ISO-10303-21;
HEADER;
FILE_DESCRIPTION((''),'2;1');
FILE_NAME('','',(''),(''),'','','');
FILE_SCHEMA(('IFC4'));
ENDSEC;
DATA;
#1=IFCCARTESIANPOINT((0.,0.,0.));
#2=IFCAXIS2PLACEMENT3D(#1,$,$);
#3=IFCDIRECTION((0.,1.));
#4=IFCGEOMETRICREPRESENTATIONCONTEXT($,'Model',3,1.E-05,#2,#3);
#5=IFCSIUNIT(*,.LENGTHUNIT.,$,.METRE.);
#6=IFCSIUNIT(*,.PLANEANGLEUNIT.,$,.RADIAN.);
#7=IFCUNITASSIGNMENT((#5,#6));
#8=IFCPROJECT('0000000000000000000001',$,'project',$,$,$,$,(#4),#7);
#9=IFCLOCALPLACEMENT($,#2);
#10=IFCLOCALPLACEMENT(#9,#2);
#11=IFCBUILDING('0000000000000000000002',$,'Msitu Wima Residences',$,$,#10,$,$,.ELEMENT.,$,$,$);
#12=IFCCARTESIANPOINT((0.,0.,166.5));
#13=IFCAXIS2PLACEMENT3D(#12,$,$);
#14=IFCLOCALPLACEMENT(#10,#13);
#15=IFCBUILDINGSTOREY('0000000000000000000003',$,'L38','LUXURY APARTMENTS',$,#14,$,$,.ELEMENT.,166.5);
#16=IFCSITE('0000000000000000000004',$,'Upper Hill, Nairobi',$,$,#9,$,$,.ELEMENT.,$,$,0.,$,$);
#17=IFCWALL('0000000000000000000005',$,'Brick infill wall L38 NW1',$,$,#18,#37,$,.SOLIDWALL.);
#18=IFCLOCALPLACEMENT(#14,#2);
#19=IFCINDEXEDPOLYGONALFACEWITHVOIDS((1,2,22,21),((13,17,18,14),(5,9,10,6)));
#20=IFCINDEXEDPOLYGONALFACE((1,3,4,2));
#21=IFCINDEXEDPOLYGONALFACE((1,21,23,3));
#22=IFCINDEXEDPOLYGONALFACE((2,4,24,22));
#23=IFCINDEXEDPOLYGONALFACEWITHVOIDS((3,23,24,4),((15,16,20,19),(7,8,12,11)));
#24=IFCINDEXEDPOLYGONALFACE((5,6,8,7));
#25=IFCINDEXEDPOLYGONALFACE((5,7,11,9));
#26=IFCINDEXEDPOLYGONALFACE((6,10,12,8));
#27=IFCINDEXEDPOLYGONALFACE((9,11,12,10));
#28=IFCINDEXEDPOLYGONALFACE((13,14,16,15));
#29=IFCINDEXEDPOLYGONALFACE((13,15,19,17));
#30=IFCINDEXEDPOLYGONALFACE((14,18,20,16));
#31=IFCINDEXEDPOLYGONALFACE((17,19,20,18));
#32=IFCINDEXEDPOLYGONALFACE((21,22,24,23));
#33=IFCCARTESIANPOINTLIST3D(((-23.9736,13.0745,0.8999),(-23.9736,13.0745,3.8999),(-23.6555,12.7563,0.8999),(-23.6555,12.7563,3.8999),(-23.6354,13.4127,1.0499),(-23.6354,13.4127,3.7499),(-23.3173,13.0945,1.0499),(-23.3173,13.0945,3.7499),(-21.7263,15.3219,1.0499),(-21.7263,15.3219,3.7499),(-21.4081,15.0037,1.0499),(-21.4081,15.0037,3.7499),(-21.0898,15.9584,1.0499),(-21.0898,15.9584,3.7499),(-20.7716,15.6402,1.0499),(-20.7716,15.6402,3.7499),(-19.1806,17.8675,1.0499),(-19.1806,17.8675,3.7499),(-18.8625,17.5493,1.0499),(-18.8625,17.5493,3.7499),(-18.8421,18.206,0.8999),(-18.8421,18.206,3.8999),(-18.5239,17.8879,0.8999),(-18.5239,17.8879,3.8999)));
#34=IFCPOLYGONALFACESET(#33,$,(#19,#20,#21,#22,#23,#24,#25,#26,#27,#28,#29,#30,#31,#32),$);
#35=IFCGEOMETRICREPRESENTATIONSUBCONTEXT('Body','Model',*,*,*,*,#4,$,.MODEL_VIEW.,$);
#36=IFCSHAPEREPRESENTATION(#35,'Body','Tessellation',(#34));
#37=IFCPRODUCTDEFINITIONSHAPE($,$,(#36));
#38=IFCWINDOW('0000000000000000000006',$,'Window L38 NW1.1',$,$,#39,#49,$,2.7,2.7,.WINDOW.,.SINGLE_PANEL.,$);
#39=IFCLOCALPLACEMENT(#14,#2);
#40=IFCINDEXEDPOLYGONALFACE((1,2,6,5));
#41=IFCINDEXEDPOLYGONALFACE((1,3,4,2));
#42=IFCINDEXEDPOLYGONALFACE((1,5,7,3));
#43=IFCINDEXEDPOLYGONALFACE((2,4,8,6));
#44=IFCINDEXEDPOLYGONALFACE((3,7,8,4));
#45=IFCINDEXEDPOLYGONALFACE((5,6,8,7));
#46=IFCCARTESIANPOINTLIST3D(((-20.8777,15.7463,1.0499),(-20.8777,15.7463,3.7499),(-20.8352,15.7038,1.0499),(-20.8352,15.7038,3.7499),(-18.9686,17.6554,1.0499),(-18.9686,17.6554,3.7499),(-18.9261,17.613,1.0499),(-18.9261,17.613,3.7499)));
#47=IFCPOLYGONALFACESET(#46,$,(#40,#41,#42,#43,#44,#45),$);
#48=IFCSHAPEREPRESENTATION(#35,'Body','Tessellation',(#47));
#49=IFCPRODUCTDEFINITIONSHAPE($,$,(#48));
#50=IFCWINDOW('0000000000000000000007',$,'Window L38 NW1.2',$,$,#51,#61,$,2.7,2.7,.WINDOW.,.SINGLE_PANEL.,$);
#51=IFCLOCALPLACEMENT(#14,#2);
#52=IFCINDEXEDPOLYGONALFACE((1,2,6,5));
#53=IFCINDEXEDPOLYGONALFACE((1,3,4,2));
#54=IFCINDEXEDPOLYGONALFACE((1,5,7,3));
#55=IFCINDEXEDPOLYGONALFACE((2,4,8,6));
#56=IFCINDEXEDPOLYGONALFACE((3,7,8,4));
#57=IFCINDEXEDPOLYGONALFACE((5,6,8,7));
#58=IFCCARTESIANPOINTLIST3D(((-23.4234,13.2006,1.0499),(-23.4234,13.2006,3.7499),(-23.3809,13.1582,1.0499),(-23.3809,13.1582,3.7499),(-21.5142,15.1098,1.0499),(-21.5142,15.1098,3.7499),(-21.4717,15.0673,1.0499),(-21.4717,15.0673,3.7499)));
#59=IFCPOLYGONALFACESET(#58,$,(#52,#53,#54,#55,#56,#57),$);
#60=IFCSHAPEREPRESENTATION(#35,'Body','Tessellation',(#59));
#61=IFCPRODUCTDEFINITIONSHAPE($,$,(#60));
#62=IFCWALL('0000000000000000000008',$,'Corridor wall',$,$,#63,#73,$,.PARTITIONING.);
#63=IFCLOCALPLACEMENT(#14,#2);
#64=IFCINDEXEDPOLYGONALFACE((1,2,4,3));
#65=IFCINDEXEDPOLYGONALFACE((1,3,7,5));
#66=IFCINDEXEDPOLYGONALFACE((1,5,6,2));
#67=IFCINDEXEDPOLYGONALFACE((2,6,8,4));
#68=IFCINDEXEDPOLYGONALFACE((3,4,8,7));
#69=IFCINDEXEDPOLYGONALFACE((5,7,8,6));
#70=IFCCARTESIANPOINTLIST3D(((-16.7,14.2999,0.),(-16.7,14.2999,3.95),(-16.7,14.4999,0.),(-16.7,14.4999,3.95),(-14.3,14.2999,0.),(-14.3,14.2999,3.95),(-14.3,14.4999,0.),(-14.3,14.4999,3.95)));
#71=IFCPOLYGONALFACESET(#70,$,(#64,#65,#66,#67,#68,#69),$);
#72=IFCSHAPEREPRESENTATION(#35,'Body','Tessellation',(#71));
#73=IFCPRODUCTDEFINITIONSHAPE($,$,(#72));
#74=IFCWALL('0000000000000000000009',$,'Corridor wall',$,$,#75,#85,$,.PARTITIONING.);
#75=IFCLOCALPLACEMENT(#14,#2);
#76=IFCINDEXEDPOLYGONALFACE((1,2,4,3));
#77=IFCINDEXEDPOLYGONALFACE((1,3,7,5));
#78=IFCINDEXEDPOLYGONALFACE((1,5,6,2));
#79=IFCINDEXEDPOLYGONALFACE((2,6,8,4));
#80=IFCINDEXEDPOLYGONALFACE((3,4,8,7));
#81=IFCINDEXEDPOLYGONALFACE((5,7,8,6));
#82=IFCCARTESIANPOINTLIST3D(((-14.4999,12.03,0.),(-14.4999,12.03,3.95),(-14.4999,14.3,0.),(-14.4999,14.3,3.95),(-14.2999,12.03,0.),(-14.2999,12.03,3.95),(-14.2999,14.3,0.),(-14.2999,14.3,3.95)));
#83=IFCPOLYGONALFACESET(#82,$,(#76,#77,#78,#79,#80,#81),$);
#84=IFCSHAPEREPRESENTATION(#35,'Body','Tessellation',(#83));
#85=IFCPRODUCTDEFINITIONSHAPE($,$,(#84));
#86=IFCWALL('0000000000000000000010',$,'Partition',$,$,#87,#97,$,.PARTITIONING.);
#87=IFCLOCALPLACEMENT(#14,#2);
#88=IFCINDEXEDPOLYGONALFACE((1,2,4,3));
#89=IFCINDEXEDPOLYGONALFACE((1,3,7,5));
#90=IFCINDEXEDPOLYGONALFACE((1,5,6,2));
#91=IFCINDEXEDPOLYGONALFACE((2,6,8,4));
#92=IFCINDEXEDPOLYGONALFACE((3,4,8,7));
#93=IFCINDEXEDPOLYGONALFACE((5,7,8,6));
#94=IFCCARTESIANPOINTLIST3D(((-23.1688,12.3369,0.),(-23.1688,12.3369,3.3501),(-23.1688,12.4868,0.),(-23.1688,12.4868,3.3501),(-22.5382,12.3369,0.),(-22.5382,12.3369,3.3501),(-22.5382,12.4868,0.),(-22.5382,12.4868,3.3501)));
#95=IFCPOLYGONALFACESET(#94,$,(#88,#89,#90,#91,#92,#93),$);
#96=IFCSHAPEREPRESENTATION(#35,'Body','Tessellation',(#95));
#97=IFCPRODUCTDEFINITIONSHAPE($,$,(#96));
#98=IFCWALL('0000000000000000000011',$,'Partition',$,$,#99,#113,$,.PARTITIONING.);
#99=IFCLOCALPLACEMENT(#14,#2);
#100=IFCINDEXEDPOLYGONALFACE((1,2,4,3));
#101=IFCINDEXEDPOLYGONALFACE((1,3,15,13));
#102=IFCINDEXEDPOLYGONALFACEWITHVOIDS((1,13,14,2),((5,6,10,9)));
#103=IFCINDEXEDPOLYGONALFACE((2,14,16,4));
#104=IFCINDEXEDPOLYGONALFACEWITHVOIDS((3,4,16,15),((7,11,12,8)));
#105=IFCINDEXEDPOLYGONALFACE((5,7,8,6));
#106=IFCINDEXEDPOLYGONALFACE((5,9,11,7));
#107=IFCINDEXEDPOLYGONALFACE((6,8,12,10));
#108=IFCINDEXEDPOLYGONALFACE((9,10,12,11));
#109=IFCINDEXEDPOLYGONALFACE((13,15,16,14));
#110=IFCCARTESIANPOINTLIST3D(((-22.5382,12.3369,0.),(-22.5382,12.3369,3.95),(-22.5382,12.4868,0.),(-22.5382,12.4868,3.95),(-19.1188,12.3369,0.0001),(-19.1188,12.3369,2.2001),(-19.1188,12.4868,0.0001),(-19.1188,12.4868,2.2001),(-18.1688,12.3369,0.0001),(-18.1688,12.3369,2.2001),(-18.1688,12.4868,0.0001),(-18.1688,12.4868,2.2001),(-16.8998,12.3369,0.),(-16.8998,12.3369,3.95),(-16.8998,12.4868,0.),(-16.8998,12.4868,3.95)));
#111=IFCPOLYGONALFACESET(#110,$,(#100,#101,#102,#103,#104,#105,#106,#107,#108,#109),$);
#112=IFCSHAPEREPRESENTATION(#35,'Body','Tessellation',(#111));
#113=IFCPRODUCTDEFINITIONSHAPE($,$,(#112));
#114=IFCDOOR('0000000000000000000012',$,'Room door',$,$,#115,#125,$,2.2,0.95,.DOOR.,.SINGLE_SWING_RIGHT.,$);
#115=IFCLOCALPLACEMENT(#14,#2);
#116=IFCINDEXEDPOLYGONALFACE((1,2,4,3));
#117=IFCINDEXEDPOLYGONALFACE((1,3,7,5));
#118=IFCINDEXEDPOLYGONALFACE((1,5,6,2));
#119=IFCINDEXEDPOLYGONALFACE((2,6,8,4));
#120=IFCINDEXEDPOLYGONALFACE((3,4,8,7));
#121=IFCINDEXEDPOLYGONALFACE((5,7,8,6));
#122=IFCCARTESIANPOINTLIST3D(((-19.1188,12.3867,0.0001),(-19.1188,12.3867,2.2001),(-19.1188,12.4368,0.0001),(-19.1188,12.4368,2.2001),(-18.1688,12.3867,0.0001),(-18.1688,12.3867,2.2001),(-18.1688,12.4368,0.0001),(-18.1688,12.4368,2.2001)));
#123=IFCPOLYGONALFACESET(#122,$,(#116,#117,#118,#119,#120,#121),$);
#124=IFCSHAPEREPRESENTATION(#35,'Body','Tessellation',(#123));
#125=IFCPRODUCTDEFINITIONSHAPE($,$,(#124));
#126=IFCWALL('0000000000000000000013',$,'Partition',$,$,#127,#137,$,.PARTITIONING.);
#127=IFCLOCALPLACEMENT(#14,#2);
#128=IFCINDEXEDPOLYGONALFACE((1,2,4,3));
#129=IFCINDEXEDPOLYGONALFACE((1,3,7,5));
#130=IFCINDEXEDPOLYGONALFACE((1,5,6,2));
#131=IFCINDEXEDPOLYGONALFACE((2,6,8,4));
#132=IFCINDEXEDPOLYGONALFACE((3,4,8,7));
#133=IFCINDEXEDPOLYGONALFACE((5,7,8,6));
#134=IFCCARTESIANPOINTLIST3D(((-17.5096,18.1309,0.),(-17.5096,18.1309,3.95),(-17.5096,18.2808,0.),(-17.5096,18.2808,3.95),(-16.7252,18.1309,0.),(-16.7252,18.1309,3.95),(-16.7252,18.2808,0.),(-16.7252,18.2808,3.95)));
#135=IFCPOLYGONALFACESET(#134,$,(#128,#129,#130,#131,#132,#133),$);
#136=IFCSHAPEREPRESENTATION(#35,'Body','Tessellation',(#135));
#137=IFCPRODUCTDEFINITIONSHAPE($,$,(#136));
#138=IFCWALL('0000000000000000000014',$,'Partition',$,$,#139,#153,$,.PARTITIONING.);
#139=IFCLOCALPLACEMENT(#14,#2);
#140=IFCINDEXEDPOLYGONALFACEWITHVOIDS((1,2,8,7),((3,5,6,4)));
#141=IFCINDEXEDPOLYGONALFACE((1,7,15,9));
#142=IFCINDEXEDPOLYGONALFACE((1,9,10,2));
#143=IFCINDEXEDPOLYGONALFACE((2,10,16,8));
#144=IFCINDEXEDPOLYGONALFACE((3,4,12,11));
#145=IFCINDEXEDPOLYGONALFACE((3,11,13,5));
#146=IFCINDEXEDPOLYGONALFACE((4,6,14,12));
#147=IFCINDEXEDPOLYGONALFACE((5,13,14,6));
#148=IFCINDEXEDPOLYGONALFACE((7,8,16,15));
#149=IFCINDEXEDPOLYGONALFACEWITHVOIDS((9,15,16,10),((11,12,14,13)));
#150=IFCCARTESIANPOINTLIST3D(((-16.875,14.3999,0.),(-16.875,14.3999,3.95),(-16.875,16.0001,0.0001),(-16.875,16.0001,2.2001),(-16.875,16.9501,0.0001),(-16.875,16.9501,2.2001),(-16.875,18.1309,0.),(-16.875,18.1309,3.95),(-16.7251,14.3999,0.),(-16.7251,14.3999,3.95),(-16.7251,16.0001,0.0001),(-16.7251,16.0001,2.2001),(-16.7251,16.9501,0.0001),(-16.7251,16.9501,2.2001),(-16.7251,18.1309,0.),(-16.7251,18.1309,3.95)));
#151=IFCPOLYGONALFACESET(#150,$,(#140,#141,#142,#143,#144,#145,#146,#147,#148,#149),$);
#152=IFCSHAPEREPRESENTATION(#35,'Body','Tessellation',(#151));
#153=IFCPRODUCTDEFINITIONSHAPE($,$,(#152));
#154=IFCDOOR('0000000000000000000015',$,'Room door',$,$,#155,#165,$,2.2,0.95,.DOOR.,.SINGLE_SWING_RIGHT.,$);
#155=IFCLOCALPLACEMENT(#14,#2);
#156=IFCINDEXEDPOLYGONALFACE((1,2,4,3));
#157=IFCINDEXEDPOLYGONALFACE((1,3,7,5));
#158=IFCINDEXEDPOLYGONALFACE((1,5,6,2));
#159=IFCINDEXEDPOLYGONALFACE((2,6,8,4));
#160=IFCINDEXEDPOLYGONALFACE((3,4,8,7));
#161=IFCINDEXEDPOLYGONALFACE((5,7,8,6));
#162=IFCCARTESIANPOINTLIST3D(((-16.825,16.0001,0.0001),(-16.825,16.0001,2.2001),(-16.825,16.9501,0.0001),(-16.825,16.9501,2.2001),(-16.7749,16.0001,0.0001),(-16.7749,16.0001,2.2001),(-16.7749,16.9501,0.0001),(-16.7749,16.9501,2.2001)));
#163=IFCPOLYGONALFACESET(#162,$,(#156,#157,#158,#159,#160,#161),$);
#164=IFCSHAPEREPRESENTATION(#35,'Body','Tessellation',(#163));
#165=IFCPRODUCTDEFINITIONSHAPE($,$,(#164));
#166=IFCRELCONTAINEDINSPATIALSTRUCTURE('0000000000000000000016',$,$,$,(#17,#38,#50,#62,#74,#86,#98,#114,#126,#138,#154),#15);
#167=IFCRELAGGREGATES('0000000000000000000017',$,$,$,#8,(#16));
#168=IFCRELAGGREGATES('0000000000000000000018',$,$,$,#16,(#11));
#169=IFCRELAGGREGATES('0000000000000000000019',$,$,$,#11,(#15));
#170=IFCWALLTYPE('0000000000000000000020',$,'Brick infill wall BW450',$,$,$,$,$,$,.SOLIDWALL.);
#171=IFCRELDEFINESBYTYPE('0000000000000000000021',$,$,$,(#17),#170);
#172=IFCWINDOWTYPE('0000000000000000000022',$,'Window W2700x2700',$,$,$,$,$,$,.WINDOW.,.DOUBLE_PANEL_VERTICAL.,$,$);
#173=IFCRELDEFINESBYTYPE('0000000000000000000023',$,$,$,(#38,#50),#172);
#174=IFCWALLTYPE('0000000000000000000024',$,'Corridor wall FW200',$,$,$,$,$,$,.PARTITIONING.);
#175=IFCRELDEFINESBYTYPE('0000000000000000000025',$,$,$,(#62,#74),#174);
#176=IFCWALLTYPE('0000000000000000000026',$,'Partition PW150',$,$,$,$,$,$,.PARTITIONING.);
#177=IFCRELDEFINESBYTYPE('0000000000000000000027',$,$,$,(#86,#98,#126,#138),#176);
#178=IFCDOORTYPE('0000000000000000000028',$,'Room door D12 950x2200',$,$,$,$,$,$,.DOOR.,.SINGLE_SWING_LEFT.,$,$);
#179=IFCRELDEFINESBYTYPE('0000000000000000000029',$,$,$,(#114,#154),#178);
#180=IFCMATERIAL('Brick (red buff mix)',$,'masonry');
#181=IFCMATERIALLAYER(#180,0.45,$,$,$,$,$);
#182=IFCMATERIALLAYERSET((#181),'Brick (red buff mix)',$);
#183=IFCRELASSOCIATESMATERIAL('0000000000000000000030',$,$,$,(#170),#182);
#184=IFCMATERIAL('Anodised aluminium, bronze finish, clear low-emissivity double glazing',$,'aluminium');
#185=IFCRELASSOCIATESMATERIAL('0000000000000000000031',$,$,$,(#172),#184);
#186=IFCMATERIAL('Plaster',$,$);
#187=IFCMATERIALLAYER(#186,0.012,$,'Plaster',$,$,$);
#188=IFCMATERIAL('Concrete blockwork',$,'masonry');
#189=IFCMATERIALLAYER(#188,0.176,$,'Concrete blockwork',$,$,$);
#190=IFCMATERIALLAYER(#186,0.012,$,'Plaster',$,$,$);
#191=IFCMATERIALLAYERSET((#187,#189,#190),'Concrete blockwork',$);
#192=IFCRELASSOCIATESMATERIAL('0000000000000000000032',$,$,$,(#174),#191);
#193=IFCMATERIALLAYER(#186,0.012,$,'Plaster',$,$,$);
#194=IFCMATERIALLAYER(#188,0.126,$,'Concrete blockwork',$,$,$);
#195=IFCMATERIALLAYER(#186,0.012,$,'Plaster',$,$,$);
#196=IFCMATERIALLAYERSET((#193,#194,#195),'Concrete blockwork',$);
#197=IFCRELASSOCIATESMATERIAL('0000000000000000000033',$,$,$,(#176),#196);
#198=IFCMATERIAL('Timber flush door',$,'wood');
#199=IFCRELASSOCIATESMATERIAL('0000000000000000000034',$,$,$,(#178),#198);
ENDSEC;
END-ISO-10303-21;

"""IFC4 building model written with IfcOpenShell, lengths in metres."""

from ifc_helpers import new_model, si_unit, direction, frame, frame_2d, origin, place, context, subcontext, project, spatial, rectangle, extrude, material, layer, layer_set, type_object, element, fill, save


model = new_model("IFC4")

# Units and contexts
model_context = context("Model", 3, precision=1e-05, world=origin(), true_north=direction((0.0, 1.0)))
body_context = subcontext(model_context, "Body", "Model", "MODEL_VIEW")
ifc_project = project(units=[si_unit("LENGTHUNIT", "METRE"), si_unit("PLANEANGLEUNIT", "RADIAN")], contexts=[model_context])

# Site, building, storey
site_placement = place(None, origin())
site = spatial("IfcSite", under=ifc_project, at=site_placement, Name="Upper Hill, Nairobi", CompositionType="ELEMENT", RefElevation=0.0)
building_placement = place(site_placement, origin())
building = spatial("IfcBuilding", under=site, at=building_placement, Name="Msitu Wima Residences", CompositionType="ELEMENT")
storey_placement = place(building_placement, frame((0.0, 0.0, 166.5)))
storey = spatial("IfcBuildingStorey", under=building, at=storey_placement, Name="L38", Description="LUXURY APARTMENTS", CompositionType="ELEMENT", Elevation=166.5)

# Wall, openings, windows
ifc_material_1 = material(Name="Brick (red buff mix)", Category="masonry")
ifc_layer_1 = layer(ifc_material_1, 0.45)
ifc_layer_set_1 = layer_set([ifc_layer_1], Name="Brick (red buff mix)")
wall_type_1 = type_object("IfcWallType", Name="Brick infill wall BW450", PredefinedType="SOLIDWALL", material=ifc_layer_set_1)
wall_1_placement = place(storey_placement, frame((-18.6831, 18.0469, 0.8999), z_axis=(0.0, 0.0, 1.0), x_axis=(-0.707107, -0.707107, 0.0)))
wall_1 = element("IfcWall", 1, at=wall_1_placement, inside=storey, type_object=wall_type_1, Name="Brick infill wall L38 NW1", PredefinedType="SOLIDWALL", context=body_context, shape_type="SweptSolid", body=[
    extrude(rectangle(XDim=7.2571, YDim=0.45, at=frame_2d((3.6284, 0.0))), origin(), (0.0, 0.0, 1.0), 3.0),
])
opening_1_placement = place(wall_1_placement, frame((0.4785, 0.0, 0.1499)))
opening_1 = element("IfcOpeningElement", 2, at=opening_1_placement, cuts=wall_1, PredefinedType="OPENING", context=body_context, shape_type="SweptSolid", body=[
    extrude(rectangle(XDim=2.7, YDim=2.7, at=frame_2d((1.3501, 1.3501))), frame((0.0, 0.2349, 0.0), z_axis=(0.0, -1.0, 0.0), x_axis=(1.0, 0.0, 0.0)), (0.0, 0.0, 1.0), 0.47),
])
opening_2_placement = place(wall_1_placement, frame((4.0786, 0.0, 0.1499)))
opening_2 = element("IfcOpeningElement", 3, at=opening_2_placement, cuts=wall_1, PredefinedType="OPENING", context=body_context, shape_type="SweptSolid", body=[
    extrude(rectangle(XDim=2.7, YDim=2.7, at=frame_2d((1.3501, 1.3501))), frame((0.0, 0.2349, 0.0), z_axis=(0.0, -1.0, 0.0), x_axis=(1.0, 0.0, 0.0)), (0.0, 0.0, 1.0), 0.47),
])
ifc_material_2 = material(Name="Anodised aluminium, bronze finish, clear low-emissivity double glazing", Category="aluminium")
window_type = type_object("IfcWindowType", Name="Window W2700x2700", PartitioningType="DOUBLE_PANEL_VERTICAL", PredefinedType="WINDOW", material=ifc_material_2)
window_1_placement = place(opening_1_placement, origin())
window_1 = element("IfcWindow", 4, at=window_1_placement, inside=storey, type_object=window_type, Name="Window L38 NW1.1", OverallHeight=2.7, OverallWidth=2.7, PartitioningType="SINGLE_PANEL", PredefinedType="WINDOW", context=body_context, shape_type="SweptSolid", body=[
    extrude(rectangle(XDim=2.7, YDim=2.7, at=frame_2d((1.3501, 1.3501))), frame((0.0, 0.135, 0.0), z_axis=(0.0, -1.0, 0.0), x_axis=(1.0, 0.0, 0.0)), (0.0, 0.0, 1.0), 0.0601),
])
fill(opening_1, window_1)
window_2_placement = place(opening_2_placement, origin())
window_2 = element("IfcWindow", 5, at=window_2_placement, inside=storey, type_object=window_type, Name="Window L38 NW1.2", OverallHeight=2.7, OverallWidth=2.7, PartitioningType="SINGLE_PANEL", PredefinedType="WINDOW", context=body_context, shape_type="SweptSolid", body=[
    extrude(rectangle(XDim=2.7, YDim=2.7, at=frame_2d((1.3501, 1.3501))), frame((0.0, 0.135, 0.0), z_axis=(0.0, -1.0, 0.0), x_axis=(1.0, 0.0, 0.0)), (0.0, 0.0, 1.0), 0.0601),
])
fill(opening_2, window_2)

# Walls
ifc_material_3 = material(Name="Plaster")
ifc_layer_2 = layer(ifc_material_3, 0.012, Name="Plaster")
ifc_material_4 = material(Name="Concrete blockwork", Category="masonry")
ifc_layer_3 = layer(ifc_material_4, 0.176, Name="Concrete blockwork")
ifc_layer_4 = layer(ifc_material_3, 0.012, Name="Plaster")
ifc_layer_set_2 = layer_set([ifc_layer_2, ifc_layer_3, ifc_layer_4], Name="Concrete blockwork")
wall_type_2 = type_object("IfcWallType", Name="Corridor wall FW200", PredefinedType="PARTITIONING", material=ifc_layer_set_2)
wall_2_placement = place(storey_placement, frame((-16.7, 14.3999, 0.0), z_axis=(0.0, 0.0, 1.0), x_axis=(1.0, 0.0, 0.0)))
element("IfcWall", 6, at=wall_2_placement, inside=storey, type_object=wall_type_2, Name="Corridor wall", PredefinedType="PARTITIONING", context=body_context, shape_type="SweptSolid", body=[
    extrude(rectangle(XDim=2.3999, YDim=0.2, at=frame_2d((1.2, 0.0))), origin(), (0.0, 0.0, 1.0), 3.95),
])
wall_3_placement = place(storey_placement, frame((-14.3999, 12.03, 0.0), z_axis=(0.0, 0.0, 1.0), x_axis=(0.0, 1.0, 0.0)))
element("IfcWall", 7, at=wall_3_placement, inside=storey, type_object=wall_type_2, Name="Corridor wall", PredefinedType="PARTITIONING", context=body_context, shape_type="SweptSolid", body=[
    extrude(rectangle(XDim=2.27, YDim=0.2, at=frame_2d((1.135, 0.0))), origin(), (0.0, 0.0, 1.0), 3.95),
])
ifc_layer_5 = layer(ifc_material_3, 0.012, Name="Plaster")
ifc_layer_6 = layer(ifc_material_4, 0.126, Name="Concrete blockwork")
ifc_layer_7 = layer(ifc_material_3, 0.012, Name="Plaster")
ifc_layer_set_3 = layer_set([ifc_layer_5, ifc_layer_6, ifc_layer_7], Name="Concrete blockwork")
wall_type_3 = type_object("IfcWallType", Name="Partition PW150", PredefinedType="PARTITIONING", material=ifc_layer_set_3)
wall_4_placement = place(storey_placement, frame((-23.1689, 12.4119, 0.0), z_axis=(0.0, 0.0, 1.0), x_axis=(1.0, 0.0, 0.0)))
element("IfcWall", 8, at=wall_4_placement, inside=storey, type_object=wall_type_3, Name="Partition", PredefinedType="PARTITIONING", context=body_context, shape_type="SweptSolid", body=[
    extrude(rectangle(XDim=0.6306, YDim=0.1499, at=frame_2d((0.3154, 0.0))), origin(), (0.0, 0.0, 1.0), 3.3501),
])

# Wall, opening, door
wall_5_placement = place(storey_placement, frame((-22.5383, 12.4119, 0.0), z_axis=(0.0, 0.0, 1.0), x_axis=(1.0, 0.0, 0.0)))
wall_5 = element("IfcWall", 9, at=wall_5_placement, inside=storey, type_object=wall_type_3, Name="Partition", PredefinedType="PARTITIONING", context=body_context, shape_type="SweptSolid", body=[
    extrude(rectangle(XDim=5.6384, YDim=0.1499, at=frame_2d((2.8193, 0.0))), origin(), (0.0, 0.0, 1.0), 3.95),
])
opening_3_placement = place(wall_5_placement, frame((3.4194, 0.0, 0.0)))
opening_3 = element("IfcOpeningElement", 10, at=opening_3_placement, cuts=wall_5, PredefinedType="OPENING", context=body_context, shape_type="SweptSolid", body=[
    extrude(rectangle(XDim=0.95, YDim=2.2, at=frame_2d((0.4751, 1.1001))), frame((0.0, 0.085, 0.0), z_axis=(0.0, -1.0, 0.0), x_axis=(1.0, 0.0, 0.0)), (0.0, 0.0, 1.0), 0.1699),
])
ifc_material_5 = material(Name="Timber flush door", Category="wood")
door_type = type_object("IfcDoorType", Name="Room door D12 950x2200", OperationType="SINGLE_SWING_LEFT", PredefinedType="DOOR", material=ifc_material_5)
door_1_placement = place(opening_3_placement, origin())
door_1 = element("IfcDoor", 11, at=door_1_placement, inside=storey, type_object=door_type, Name="Room door", OperationType="SINGLE_SWING_RIGHT", OverallHeight=2.2, OverallWidth=0.95, PredefinedType="DOOR", context=body_context, shape_type="SweptSolid", body=[
    extrude(rectangle(XDim=0.95, YDim=2.2, at=frame_2d((0.4751, 1.1001))), frame((0.0, 0.0249, 0.0), z_axis=(0.0, -1.0, 0.0), x_axis=(1.0, 0.0, 0.0)), (0.0, 0.0, 1.0), 0.05),
])
fill(opening_3, door_1)

# Wall
wall_6_placement = place(storey_placement, frame((-17.5095, 18.2058, 0.0), z_axis=(0.0, 0.0, 1.0), x_axis=(1.0, 0.0, 0.0)))
element("IfcWall", 12, at=wall_6_placement, inside=storey, type_object=wall_type_3, Name="Partition", PredefinedType="PARTITIONING", context=body_context, shape_type="SweptSolid", body=[
    extrude(rectangle(XDim=0.7844, YDim=0.1499, at=frame_2d((0.3921, 0.0))), origin(), (0.0, 0.0, 1.0), 3.95),
])

# Wall, opening, door
wall_7_placement = place(storey_placement, frame((-16.8, 14.3999, 0.0), z_axis=(0.0, 0.0, 1.0), x_axis=(0.0, 1.0, 0.0)))
wall_7 = element("IfcWall", 13, at=wall_7_placement, inside=storey, type_object=wall_type_3, Name="Partition", PredefinedType="PARTITIONING", context=body_context, shape_type="SweptSolid", body=[
    extrude(rectangle(XDim=3.731, YDim=0.1499, at=frame_2d((1.8655, 0.0))), origin(), (0.0, 0.0, 1.0), 3.95),
])
opening_4_placement = place(wall_7_placement, frame((1.6001, 0.0, 0.0)))
opening_4 = element("IfcOpeningElement", 14, at=opening_4_placement, cuts=wall_7, PredefinedType="OPENING", context=body_context, shape_type="SweptSolid", body=[
    extrude(rectangle(XDim=0.95, YDim=2.2, at=frame_2d((0.4751, 1.1001))), frame((0.0, 0.085, 0.0), z_axis=(0.0, -1.0, 0.0), x_axis=(1.0, 0.0, 0.0)), (0.0, 0.0, 1.0), 0.1699),
])
door_2_placement = place(opening_4_placement, origin())
door_2 = element("IfcDoor", 15, at=door_2_placement, inside=storey, type_object=door_type, Name="Room door", OperationType="SINGLE_SWING_RIGHT", OverallHeight=2.2, OverallWidth=0.95, PredefinedType="DOOR", context=body_context, shape_type="SweptSolid", body=[
    extrude(rectangle(XDim=0.95, YDim=2.2, at=frame_2d((0.4751, 1.1001))), frame((0.0, 0.0249, 0.0), z_axis=(0.0, -1.0, 0.0), x_axis=(1.0, 0.0, 0.0)), (0.0, 0.0, 1.0), 0.05),
])
fill(opening_4, door_2)

save(model, "model.ifc")
